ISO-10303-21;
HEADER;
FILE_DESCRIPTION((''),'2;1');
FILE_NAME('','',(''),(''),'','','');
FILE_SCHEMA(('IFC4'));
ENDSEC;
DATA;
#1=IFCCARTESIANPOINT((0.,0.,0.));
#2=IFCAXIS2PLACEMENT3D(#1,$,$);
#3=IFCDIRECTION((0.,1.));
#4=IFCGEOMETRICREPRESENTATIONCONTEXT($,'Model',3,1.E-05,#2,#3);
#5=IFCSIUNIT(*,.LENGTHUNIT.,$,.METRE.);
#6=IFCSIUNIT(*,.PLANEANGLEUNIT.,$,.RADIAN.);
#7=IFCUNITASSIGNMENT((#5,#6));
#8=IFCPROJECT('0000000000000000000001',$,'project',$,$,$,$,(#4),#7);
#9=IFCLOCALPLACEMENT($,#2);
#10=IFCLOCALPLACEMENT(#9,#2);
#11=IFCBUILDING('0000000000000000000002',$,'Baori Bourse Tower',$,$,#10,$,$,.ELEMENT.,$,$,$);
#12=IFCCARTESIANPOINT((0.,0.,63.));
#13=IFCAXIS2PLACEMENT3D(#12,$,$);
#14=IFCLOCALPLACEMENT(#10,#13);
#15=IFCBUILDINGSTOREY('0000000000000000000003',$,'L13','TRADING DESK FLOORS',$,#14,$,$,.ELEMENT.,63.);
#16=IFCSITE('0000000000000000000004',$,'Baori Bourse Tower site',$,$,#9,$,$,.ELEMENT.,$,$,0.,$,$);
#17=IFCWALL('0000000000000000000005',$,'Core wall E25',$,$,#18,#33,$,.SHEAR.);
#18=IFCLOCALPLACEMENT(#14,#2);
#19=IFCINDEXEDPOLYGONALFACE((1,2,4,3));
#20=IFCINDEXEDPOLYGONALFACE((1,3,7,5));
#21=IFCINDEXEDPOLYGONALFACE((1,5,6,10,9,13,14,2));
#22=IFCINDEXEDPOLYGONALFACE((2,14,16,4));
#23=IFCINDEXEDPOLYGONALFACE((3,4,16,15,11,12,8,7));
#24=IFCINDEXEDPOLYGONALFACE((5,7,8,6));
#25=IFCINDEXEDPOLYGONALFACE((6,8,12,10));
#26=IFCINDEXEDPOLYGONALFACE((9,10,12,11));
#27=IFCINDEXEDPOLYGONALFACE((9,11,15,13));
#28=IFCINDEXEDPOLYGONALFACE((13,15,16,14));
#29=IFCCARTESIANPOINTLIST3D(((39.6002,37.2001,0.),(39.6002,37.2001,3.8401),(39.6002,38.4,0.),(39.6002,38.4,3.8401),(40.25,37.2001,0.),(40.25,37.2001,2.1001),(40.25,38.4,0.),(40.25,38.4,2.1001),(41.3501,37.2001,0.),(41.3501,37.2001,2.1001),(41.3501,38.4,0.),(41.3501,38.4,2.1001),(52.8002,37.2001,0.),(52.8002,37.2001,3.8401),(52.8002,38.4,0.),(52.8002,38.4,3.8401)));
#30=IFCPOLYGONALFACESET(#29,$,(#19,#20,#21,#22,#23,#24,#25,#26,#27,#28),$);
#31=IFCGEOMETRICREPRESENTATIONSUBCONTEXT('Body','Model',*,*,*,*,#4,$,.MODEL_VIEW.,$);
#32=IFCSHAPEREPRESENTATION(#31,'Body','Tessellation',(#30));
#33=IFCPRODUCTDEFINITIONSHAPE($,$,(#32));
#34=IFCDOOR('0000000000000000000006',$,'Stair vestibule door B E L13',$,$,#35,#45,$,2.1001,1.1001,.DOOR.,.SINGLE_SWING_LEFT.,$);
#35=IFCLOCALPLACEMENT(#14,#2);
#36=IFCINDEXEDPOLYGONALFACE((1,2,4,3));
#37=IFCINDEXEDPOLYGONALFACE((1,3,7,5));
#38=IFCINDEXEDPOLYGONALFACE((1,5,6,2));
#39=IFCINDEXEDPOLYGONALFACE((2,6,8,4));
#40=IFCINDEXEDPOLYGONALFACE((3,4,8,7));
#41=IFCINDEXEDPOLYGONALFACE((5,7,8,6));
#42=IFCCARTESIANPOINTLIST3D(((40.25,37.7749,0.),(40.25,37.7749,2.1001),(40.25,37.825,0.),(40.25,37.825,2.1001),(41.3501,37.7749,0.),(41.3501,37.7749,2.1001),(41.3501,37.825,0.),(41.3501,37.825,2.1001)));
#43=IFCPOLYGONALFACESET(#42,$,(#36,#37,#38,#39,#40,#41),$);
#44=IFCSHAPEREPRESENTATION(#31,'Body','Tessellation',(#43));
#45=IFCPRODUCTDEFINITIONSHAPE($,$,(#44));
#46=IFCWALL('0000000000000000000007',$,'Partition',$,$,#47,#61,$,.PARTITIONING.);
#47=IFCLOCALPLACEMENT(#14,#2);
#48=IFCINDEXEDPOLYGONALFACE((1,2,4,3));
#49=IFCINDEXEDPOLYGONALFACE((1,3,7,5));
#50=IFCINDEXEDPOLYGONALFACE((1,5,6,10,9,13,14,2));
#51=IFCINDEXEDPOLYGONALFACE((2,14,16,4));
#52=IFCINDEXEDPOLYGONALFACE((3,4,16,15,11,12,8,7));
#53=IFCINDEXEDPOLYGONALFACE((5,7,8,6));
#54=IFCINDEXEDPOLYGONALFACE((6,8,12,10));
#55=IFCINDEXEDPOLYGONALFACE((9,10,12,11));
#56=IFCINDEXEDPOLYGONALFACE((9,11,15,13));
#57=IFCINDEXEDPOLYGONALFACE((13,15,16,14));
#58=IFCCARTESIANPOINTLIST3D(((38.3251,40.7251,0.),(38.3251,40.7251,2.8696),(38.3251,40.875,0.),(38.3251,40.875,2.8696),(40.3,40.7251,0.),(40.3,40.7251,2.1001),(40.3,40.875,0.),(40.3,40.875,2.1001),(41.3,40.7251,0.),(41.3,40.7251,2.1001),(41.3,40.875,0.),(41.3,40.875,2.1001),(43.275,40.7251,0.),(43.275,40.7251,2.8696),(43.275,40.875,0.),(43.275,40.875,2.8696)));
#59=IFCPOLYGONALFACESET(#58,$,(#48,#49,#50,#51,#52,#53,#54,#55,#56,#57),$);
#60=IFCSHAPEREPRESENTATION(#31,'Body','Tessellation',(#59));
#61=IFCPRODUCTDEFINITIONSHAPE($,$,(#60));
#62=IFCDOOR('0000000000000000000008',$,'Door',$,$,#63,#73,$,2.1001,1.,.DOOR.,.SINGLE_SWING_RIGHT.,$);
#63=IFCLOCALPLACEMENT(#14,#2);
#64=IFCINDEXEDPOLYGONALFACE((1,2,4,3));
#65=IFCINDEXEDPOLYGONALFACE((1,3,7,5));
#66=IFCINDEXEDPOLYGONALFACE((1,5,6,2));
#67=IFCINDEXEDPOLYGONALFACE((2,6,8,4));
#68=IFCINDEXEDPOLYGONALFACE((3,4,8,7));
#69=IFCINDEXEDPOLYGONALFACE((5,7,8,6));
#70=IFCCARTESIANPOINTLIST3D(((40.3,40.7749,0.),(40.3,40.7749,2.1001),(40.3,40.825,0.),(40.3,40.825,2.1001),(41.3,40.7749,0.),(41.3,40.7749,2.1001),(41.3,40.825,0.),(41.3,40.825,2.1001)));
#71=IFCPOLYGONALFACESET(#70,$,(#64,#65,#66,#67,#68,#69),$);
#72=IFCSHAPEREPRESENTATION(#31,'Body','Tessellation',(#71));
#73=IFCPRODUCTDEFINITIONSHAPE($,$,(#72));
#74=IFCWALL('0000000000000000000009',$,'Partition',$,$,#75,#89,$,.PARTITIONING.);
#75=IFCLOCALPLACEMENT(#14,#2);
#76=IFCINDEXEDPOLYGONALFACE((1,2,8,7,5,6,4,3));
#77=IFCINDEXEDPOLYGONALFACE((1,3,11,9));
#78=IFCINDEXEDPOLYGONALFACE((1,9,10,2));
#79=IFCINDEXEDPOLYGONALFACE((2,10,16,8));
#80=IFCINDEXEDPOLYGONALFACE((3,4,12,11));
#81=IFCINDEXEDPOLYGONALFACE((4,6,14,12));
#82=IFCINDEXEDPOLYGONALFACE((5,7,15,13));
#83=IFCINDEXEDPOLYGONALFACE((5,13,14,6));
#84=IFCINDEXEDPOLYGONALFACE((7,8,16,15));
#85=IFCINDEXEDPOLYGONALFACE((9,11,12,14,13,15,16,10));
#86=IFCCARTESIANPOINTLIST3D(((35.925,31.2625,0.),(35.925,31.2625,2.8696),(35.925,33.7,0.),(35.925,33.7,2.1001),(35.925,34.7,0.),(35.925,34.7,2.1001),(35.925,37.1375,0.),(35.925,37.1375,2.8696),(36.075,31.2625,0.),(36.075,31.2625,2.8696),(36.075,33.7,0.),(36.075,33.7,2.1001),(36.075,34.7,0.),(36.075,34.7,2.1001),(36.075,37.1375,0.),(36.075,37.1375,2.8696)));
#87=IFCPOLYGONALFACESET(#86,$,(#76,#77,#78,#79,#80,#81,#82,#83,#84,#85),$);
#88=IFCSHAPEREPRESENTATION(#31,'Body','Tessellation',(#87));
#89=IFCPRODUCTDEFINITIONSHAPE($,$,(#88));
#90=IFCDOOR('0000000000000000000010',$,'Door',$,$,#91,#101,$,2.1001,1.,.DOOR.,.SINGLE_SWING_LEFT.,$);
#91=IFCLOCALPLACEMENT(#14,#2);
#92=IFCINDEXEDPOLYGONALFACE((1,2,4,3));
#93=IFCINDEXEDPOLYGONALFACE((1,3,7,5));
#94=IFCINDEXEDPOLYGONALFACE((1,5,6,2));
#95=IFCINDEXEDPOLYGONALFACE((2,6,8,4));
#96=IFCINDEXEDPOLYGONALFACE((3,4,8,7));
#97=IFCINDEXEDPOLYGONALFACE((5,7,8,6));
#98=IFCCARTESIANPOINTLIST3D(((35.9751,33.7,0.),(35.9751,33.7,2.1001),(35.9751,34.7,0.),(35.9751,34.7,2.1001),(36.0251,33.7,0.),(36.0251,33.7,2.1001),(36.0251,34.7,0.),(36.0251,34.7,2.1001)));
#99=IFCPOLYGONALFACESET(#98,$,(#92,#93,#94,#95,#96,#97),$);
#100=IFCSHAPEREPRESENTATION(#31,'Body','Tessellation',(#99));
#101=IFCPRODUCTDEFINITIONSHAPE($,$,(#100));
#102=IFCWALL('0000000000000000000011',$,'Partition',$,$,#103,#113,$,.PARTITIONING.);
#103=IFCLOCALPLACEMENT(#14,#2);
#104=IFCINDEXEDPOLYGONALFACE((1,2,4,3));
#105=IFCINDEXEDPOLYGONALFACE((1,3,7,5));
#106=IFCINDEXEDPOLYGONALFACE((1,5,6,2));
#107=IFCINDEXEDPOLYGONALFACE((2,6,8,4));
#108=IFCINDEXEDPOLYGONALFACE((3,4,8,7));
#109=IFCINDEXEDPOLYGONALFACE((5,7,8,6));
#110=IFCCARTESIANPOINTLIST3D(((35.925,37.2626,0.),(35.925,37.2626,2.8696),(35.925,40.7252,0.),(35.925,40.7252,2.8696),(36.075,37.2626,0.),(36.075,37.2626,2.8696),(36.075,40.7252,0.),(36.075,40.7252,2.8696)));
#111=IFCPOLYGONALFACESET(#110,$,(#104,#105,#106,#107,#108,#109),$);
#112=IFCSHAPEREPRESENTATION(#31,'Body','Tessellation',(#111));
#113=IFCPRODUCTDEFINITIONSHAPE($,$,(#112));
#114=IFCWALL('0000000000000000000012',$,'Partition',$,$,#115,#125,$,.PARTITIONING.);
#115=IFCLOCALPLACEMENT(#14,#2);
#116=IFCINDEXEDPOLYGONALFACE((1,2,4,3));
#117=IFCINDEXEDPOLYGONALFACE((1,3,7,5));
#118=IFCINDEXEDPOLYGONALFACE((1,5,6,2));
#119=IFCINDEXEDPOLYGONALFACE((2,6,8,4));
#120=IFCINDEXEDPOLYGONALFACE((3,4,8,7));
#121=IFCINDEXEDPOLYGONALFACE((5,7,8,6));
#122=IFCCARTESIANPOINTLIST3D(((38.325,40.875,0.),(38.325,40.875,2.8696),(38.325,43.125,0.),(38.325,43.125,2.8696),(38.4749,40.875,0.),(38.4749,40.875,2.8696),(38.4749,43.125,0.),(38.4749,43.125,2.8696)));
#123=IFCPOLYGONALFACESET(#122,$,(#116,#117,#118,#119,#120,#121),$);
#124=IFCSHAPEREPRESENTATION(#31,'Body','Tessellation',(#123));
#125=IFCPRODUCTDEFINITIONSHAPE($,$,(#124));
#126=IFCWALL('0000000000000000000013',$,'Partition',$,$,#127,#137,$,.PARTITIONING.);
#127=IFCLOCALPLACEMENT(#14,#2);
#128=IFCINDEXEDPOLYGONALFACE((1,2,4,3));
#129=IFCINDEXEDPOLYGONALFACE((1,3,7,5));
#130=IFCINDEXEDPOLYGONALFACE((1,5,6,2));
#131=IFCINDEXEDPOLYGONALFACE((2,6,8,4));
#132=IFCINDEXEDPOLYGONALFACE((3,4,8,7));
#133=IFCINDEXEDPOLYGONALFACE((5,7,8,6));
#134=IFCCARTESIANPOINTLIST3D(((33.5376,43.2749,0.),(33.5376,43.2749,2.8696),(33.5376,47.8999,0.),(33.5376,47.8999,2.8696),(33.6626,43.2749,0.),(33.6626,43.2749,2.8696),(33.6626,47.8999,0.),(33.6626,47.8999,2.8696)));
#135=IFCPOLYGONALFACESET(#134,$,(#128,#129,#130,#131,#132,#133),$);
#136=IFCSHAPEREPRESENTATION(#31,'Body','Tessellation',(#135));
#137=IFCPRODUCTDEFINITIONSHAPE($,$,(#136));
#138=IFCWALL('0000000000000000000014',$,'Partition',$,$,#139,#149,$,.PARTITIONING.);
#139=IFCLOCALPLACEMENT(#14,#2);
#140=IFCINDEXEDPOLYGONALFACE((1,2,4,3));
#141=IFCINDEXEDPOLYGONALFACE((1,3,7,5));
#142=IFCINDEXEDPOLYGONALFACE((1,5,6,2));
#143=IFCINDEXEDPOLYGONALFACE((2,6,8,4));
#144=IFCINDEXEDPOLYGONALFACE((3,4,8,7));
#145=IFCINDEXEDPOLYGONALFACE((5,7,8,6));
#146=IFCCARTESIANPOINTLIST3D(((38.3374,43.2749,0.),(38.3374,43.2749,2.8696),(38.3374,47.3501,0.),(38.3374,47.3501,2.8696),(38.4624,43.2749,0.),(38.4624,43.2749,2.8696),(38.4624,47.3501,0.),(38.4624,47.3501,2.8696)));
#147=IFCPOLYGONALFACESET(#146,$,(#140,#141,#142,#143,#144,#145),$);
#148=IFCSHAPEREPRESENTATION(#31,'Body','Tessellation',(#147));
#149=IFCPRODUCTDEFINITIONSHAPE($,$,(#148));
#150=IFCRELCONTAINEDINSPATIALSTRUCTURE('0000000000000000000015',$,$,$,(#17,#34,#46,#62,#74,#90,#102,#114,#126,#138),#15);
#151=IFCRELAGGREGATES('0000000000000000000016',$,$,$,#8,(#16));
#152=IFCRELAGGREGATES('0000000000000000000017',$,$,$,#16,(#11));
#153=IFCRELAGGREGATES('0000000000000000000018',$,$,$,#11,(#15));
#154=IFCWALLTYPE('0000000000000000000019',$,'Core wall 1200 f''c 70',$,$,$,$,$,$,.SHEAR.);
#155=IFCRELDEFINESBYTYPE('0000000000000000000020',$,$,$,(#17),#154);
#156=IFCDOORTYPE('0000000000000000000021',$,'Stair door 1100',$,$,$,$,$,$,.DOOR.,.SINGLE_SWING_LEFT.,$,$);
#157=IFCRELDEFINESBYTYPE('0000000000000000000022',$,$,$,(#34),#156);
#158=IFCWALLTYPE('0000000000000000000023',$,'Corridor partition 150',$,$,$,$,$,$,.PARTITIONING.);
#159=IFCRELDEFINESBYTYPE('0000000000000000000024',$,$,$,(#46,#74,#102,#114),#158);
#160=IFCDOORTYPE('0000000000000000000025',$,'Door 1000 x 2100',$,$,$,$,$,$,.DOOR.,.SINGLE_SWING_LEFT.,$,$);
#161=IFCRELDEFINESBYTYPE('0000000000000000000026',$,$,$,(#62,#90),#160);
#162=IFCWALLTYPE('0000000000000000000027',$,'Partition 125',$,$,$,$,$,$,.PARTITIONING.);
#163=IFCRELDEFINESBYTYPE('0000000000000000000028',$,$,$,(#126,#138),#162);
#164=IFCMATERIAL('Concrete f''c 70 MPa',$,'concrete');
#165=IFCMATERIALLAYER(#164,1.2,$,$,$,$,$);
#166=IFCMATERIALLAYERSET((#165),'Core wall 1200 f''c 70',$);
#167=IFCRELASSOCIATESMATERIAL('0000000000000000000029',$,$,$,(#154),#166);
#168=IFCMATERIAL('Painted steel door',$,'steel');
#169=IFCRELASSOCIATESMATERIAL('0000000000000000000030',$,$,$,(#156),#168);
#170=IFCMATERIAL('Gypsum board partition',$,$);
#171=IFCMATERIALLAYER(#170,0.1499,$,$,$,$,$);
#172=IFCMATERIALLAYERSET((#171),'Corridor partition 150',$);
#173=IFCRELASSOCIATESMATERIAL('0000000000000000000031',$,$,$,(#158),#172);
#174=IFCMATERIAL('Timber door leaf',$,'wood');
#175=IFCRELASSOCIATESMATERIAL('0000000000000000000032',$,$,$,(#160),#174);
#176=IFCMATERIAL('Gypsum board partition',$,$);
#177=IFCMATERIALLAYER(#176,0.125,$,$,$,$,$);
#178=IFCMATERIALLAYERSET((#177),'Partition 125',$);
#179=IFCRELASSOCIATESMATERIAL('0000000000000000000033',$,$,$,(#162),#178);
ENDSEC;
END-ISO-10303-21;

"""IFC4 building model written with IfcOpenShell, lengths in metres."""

from ifc_helpers import new_model, si_unit, direction, frame, frame_2d, origin, place, context, subcontext, project, spatial, rectangle, extrude, material, layer, layer_set, type_object, element, fill, save


model = new_model("IFC4")

# Units and contexts
model_context = context("Model", 3, precision=1e-05, world=origin(), true_north=direction((0.0, 1.0)))
body_context = subcontext(model_context, "Body", "Model", "MODEL_VIEW")
ifc_project = project(units=[si_unit("LENGTHUNIT", "METRE"), si_unit("PLANEANGLEUNIT", "RADIAN")], contexts=[model_context])

# Site, building, storey
site_placement = place(None, origin())
site = spatial("IfcSite", under=ifc_project, at=site_placement, Name="Baori Bourse Tower site", CompositionType="ELEMENT", RefElevation=0.0)
building_placement = place(site_placement, origin())
building = spatial("IfcBuilding", under=site, at=building_placement, Name="Baori Bourse Tower", CompositionType="ELEMENT")
storey_placement = place(building_placement, frame((0.0, 0.0, 63.0)))
storey = spatial("IfcBuildingStorey", under=building, at=storey_placement, Name="L13", Description="TRADING DESK FLOORS", CompositionType="ELEMENT", Elevation=63.0)

# Walls, openings, doors
ifc_material_1 = material(Name="Concrete f'c 70 MPa", Category="concrete")
ifc_layer_1 = layer(ifc_material_1, 1.2)
ifc_layer_set_1 = layer_set([ifc_layer_1], Name="Core wall 1200 f'c 70")
wall_type_1 = type_object("IfcWallType", Name="Core wall 1200 f'c 70", PredefinedType="SHEAR", material=ifc_layer_set_1)
wall_1_placement = place(storey_placement, frame((39.6001, 37.8, 0.0), z_axis=(0.0, 0.0, 1.0), x_axis=(1.0, 0.0, 0.0)))
wall_1 = element("IfcWall", 1, at=wall_1_placement, inside=storey, type_object=wall_type_1, Name="Core wall E25", PredefinedType="SHEAR", context=body_context, shape_type="SweptSolid", body=[
    extrude(rectangle(XDim=13.2, YDim=1.2, at=frame_2d((6.6001, 0.0))), origin(), (0.0, 0.0, 1.0), 3.8401),
])
opening_1_placement = place(wall_1_placement, frame((0.6499, 0.0, 0.0)))
opening_1 = element("IfcOpeningElement", 2, at=opening_1_placement, cuts=wall_1, PredefinedType="OPENING", context=body_context, shape_type="SweptSolid", body=[
    extrude(rectangle(XDim=1.1001, YDim=2.1001, at=frame_2d((0.55, 1.05))), frame((0.0, 0.6099, 0.0), z_axis=(0.0, -1.0, 0.0), x_axis=(1.0, 0.0, 0.0)), (0.0, 0.0, 1.0), 1.22),
])
ifc_material_2 = material(Name="Painted steel door", Category="steel")
door_type_1 = type_object("IfcDoorType", Name="Stair door 1100", OperationType="SINGLE_SWING_LEFT", PredefinedType="DOOR", material=ifc_material_2)
door_1_placement = place(opening_1_placement, origin())
door_1 = element("IfcDoor", 3, at=door_1_placement, inside=storey, type_object=door_type_1, Name="Stair vestibule door B E L13", OperationType="SINGLE_SWING_LEFT", OverallHeight=2.1001, OverallWidth=1.1001, PredefinedType="DOOR", context=body_context, shape_type="SweptSolid", body=[
    extrude(rectangle(XDim=1.1001, YDim=2.1001, at=frame_2d((0.55, 1.05))), frame((0.0, 0.0249, 0.0), z_axis=(0.0, -1.0, 0.0), x_axis=(1.0, 0.0, 0.0)), (0.0, 0.0, 1.0), 0.05),
])
fill(opening_1, door_1)
ifc_material_3 = material(Name="Gypsum board partition")
ifc_layer_2 = layer(ifc_material_3, 0.1499)
ifc_layer_set_2 = layer_set([ifc_layer_2], Name="Corridor partition 150")
wall_type_2 = type_object("IfcWallType", Name="Corridor partition 150", PredefinedType="PARTITIONING", material=ifc_layer_set_2)
wall_2_placement = place(storey_placement, frame((38.325, 40.8, 0.0), z_axis=(0.0, 0.0, 1.0), x_axis=(1.0, 0.0, 0.0)))
wall_2 = element("IfcWall", 4, at=wall_2_placement, inside=storey, type_object=wall_type_2, Name="Partition", PredefinedType="PARTITIONING", context=body_context, shape_type="SweptSolid", body=[
    extrude(rectangle(XDim=4.95, YDim=0.1499, at=frame_2d((2.4751, 0.0))), origin(), (0.0, 0.0, 1.0), 2.8696),
])
opening_2_placement = place(wall_2_placement, frame((1.9751, 0.0, 0.0)))
opening_2 = element("IfcOpeningElement", 5, at=opening_2_placement, cuts=wall_2, PredefinedType="OPENING", context=body_context, shape_type="SweptSolid", body=[
    extrude(rectangle(XDim=1.0, YDim=2.1001, at=frame_2d((0.5, 1.05))), frame((0.0, 0.085, 0.0), z_axis=(0.0, -1.0, 0.0), x_axis=(1.0, 0.0, 0.0)), (0.0, 0.0, 1.0), 0.1699),
])
ifc_material_4 = material(Name="Timber door leaf", Category="wood")
door_type_2 = type_object("IfcDoorType", Name="Door 1000 x 2100", OperationType="SINGLE_SWING_LEFT", PredefinedType="DOOR", material=ifc_material_4)
door_2_placement = place(opening_2_placement, origin())
door_2 = element("IfcDoor", 6, at=door_2_placement, inside=storey, type_object=door_type_2, Name="Door", OperationType="SINGLE_SWING_RIGHT", OverallHeight=2.1001, OverallWidth=1.0, PredefinedType="DOOR", context=body_context, shape_type="SweptSolid", body=[
    extrude(rectangle(XDim=1.0, YDim=2.1001, at=frame_2d((0.5, 1.05))), frame((0.0, 0.0249, 0.0), z_axis=(0.0, -1.0, 0.0), x_axis=(1.0, 0.0, 0.0)), (0.0, 0.0, 1.0), 0.05),
])
fill(opening_2, door_2)
wall_3_placement = place(storey_placement, frame((36.0, 31.2625, 0.0), z_axis=(0.0, 0.0, 1.0), x_axis=(0.0, 1.0, 0.0)))
wall_3 = element("IfcWall", 7, at=wall_3_placement, inside=storey, type_object=wall_type_2, Name="Partition", PredefinedType="PARTITIONING", context=body_context, shape_type="SweptSolid", body=[
    extrude(rectangle(XDim=5.875, YDim=0.1499, at=frame_2d((2.9375, 0.0))), origin(), (0.0, 0.0, 1.0), 2.8696),
])
opening_3_placement = place(wall_3_placement, frame((2.4375, 0.0, 0.0)))
opening_3 = element("IfcOpeningElement", 8, at=opening_3_placement, cuts=wall_3, PredefinedType="OPENING", context=body_context, shape_type="SweptSolid", body=[
    extrude(rectangle(XDim=1.0, YDim=2.1001, at=frame_2d((0.5, 1.05))), frame((0.0, 0.085, 0.0), z_axis=(0.0, -1.0, 0.0), x_axis=(1.0, 0.0, 0.0)), (0.0, 0.0, 1.0), 0.1699),
])
door_3_placement = place(opening_3_placement, origin())
door_3 = element("IfcDoor", 9, at=door_3_placement, inside=storey, type_object=door_type_2, Name="Door", OperationType="SINGLE_SWING_LEFT", OverallHeight=2.1001, OverallWidth=1.0, PredefinedType="DOOR", context=body_context, shape_type="SweptSolid", body=[
    extrude(rectangle(XDim=1.0, YDim=2.1001, at=frame_2d((0.5, 1.05))), frame((0.0, 0.0249, 0.0), z_axis=(0.0, -1.0, 0.0), x_axis=(1.0, 0.0, 0.0)), (0.0, 0.0, 1.0), 0.05),
])
fill(opening_3, door_3)

# Walls
wall_4_placement = place(storey_placement, frame((36.0, 37.2625, 0.0), z_axis=(0.0, 0.0, 1.0), x_axis=(0.0, 1.0, 0.0)))
element("IfcWall", 10, at=wall_4_placement, inside=storey, type_object=wall_type_2, Name="Partition", PredefinedType="PARTITIONING", context=body_context, shape_type="SweptSolid", body=[
    extrude(rectangle(XDim=3.4626, YDim=0.1499, at=frame_2d((1.7314, 0.0))), origin(), (0.0, 0.0, 1.0), 2.8696),
])
wall_5_placement = place(storey_placement, frame((38.3999, 40.875, 0.0), z_axis=(0.0, 0.0, 1.0), x_axis=(0.0, 1.0, 0.0)))
element("IfcWall", 11, at=wall_5_placement, inside=storey, type_object=wall_type_2, Name="Partition", PredefinedType="PARTITIONING", context=body_context, shape_type="SweptSolid", body=[
    extrude(rectangle(XDim=2.25, YDim=0.1499, at=frame_2d((1.125, 0.0))), origin(), (0.0, 0.0, 1.0), 2.8696),
])
ifc_material_5 = material(Name="Gypsum board partition")
ifc_layer_3 = layer(ifc_material_5, 0.125)
ifc_layer_set_3 = layer_set([ifc_layer_3], Name="Partition 125")
wall_type_3 = type_object("IfcWallType", Name="Partition 125", PredefinedType="PARTITIONING", material=ifc_layer_set_3)
wall_6_placement = place(storey_placement, frame((33.6001, 43.2749, 0.0), z_axis=(0.0, 0.0, 1.0), x_axis=(0.0, 1.0, 0.0)))
element("IfcWall", 12, at=wall_6_placement, inside=storey, type_object=wall_type_3, Name="Partition", PredefinedType="PARTITIONING", context=body_context, shape_type="SweptSolid", body=[
    extrude(rectangle(XDim=4.625, YDim=0.125, at=frame_2d((2.3125, 0.0))), origin(), (0.0, 0.0, 1.0), 2.8696),
])
wall_7_placement = place(storey_placement, frame((38.3999, 43.2749, 0.0), z_axis=(0.0, 0.0, 1.0), x_axis=(0.0, 1.0, 0.0)))
element("IfcWall", 13, at=wall_7_placement, inside=storey, type_object=wall_type_3, Name="Partition", PredefinedType="PARTITIONING", context=body_context, shape_type="SweptSolid", body=[
    extrude(rectangle(XDim=4.0752, YDim=0.125, at=frame_2d((2.0376, 0.0))), origin(), (0.0, 0.0, 1.0), 2.8696),
])

save(model, "model.ifc")
